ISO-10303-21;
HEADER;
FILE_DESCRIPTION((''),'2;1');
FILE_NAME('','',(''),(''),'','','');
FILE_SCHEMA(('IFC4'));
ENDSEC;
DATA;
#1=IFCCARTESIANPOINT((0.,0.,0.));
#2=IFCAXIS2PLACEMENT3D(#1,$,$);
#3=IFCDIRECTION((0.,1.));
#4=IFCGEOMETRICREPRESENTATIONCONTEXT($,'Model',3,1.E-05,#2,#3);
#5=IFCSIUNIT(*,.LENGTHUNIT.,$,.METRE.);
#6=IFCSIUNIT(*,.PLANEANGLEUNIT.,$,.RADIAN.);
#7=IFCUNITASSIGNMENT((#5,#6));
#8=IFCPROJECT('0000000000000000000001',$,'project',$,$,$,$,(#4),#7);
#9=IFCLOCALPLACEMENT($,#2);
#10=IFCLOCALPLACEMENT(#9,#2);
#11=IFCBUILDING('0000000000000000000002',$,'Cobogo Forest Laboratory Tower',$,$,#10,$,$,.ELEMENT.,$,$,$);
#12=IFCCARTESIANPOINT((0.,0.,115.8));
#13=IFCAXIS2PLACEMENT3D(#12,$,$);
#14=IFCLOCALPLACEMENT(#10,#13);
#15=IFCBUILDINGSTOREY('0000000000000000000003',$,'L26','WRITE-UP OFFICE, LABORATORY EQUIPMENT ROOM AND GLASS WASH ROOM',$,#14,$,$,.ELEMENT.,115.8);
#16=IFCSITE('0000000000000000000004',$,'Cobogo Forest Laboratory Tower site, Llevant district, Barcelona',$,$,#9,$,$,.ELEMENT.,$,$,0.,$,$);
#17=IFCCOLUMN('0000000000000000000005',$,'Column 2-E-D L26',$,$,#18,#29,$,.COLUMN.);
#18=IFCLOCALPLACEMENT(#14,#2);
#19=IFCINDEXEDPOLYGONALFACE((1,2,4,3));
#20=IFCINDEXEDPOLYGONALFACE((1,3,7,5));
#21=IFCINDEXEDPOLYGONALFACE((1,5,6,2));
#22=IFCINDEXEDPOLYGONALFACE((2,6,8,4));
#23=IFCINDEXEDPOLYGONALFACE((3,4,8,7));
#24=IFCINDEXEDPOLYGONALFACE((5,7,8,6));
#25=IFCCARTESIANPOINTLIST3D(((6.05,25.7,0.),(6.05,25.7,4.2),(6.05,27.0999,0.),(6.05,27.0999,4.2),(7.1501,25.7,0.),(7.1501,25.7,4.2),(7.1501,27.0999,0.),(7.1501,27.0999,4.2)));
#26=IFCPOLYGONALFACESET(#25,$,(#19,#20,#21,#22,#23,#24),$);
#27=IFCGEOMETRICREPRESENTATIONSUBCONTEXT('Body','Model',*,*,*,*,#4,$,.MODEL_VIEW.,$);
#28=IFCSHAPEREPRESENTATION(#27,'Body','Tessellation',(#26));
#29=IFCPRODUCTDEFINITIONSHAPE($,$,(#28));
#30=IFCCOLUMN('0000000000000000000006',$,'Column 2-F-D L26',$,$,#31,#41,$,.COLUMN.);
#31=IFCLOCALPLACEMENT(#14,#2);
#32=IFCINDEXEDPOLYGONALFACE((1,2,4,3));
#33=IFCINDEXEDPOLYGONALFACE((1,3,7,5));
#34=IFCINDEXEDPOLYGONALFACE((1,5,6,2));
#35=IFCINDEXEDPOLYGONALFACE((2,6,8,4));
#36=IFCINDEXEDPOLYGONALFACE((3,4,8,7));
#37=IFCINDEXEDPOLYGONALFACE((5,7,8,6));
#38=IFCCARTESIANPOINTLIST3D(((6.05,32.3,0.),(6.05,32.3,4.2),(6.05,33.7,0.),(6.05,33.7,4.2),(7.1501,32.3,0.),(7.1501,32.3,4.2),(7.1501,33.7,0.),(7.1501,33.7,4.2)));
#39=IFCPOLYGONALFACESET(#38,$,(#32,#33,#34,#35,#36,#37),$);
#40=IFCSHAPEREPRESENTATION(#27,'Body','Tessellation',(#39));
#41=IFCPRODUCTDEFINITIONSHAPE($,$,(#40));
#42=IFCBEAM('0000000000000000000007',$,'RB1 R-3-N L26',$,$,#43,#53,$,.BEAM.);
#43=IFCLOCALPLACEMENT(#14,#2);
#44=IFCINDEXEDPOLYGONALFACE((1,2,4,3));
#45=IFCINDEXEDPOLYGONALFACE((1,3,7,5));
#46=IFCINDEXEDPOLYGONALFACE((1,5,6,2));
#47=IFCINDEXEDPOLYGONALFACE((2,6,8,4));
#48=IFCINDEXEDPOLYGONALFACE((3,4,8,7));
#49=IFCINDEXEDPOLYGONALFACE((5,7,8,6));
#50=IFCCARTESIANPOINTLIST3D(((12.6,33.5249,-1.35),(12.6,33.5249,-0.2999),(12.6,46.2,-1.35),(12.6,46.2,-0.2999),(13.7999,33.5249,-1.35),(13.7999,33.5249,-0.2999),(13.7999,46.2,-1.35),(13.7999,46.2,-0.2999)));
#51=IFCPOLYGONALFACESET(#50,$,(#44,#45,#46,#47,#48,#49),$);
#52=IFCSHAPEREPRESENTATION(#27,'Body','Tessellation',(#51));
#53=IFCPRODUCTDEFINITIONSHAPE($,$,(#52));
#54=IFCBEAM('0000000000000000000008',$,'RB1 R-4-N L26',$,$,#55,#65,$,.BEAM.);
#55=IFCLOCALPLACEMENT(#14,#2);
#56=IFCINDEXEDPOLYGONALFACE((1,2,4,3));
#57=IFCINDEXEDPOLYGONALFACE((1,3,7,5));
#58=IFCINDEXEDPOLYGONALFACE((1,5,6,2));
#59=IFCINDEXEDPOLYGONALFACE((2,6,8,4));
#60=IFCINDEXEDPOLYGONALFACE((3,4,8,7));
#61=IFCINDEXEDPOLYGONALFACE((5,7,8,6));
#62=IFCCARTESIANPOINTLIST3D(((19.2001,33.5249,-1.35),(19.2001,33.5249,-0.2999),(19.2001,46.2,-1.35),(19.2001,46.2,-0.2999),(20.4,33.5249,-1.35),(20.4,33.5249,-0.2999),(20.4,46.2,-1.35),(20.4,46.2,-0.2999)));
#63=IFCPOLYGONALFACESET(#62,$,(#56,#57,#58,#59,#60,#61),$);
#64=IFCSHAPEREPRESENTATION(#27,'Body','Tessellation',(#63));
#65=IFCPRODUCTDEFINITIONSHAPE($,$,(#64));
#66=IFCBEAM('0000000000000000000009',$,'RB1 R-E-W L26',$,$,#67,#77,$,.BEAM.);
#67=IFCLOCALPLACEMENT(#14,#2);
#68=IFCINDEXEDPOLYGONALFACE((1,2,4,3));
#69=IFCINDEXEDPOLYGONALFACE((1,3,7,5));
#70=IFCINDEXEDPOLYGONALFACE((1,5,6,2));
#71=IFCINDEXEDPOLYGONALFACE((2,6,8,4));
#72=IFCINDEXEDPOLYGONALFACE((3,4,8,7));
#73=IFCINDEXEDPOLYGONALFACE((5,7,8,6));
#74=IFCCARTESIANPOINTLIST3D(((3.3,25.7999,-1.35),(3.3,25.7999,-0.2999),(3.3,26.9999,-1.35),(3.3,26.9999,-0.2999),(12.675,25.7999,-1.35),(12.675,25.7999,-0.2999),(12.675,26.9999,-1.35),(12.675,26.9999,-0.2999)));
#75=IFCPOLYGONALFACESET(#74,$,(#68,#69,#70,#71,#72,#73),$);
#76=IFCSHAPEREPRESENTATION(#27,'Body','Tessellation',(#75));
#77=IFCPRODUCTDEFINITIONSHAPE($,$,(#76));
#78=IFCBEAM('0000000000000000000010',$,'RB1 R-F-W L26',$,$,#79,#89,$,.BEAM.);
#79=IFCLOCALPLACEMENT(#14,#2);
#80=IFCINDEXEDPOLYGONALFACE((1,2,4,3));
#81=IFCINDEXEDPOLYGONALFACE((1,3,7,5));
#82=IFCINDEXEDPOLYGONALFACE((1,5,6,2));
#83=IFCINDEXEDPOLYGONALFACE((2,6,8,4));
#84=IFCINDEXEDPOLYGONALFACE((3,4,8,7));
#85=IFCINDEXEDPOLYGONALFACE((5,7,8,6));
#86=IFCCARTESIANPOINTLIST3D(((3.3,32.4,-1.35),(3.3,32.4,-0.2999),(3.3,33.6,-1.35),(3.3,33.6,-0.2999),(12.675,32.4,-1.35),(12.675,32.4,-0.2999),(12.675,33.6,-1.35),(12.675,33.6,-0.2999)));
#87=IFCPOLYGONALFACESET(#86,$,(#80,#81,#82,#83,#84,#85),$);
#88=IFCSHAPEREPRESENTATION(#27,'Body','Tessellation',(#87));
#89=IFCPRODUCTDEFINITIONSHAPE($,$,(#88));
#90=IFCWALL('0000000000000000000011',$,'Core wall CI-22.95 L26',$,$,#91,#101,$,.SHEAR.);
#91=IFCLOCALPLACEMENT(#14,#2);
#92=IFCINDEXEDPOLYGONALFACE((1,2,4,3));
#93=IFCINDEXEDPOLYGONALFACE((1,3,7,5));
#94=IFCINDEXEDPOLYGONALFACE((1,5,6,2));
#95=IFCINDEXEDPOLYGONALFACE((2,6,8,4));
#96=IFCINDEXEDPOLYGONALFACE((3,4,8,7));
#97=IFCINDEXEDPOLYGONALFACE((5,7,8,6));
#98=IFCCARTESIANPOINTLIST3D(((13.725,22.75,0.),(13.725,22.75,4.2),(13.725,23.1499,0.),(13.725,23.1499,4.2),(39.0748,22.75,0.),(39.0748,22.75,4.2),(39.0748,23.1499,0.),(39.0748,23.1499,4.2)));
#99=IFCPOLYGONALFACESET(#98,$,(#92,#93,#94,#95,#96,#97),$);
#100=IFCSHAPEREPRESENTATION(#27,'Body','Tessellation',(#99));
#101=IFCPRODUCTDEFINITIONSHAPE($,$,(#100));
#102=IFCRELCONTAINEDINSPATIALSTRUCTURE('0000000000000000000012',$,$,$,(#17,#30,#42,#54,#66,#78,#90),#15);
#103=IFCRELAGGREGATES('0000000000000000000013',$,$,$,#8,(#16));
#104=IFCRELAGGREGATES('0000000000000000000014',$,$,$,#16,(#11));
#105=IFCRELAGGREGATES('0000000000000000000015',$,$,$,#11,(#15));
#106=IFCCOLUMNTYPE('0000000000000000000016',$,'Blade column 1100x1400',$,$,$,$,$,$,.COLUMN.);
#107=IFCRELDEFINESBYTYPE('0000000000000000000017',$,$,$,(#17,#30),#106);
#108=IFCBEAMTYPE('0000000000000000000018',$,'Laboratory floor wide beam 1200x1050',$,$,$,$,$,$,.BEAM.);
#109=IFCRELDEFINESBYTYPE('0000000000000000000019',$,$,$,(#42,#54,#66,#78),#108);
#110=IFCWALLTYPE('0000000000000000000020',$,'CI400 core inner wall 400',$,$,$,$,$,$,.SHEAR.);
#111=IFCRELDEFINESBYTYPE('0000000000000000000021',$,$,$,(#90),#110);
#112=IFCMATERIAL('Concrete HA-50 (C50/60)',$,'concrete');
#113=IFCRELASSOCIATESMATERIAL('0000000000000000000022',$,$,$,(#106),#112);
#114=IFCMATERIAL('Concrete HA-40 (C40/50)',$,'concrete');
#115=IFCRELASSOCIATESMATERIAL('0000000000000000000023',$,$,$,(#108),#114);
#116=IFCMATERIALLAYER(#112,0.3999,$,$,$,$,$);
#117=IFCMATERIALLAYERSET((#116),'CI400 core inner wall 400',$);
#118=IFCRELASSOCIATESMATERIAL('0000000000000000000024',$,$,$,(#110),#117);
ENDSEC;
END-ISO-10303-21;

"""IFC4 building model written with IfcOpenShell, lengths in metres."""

from ifc_helpers import new_model, si_unit, direction, frame, frame_2d, origin, origin_2d, place, context, subcontext, project, spatial, rectangle, extrude, material, layer, layer_set, material_profile, profile_set, type_object, element, save


model = new_model("IFC4")

# Units and contexts
model_context = context("Model", 3, precision=1e-05, world=origin(), true_north=direction((0.0, 1.0)))
body_context = subcontext(model_context, "Body", "Model", "MODEL_VIEW")
ifc_project = project(units=[si_unit("LENGTHUNIT", "METRE"), si_unit("PLANEANGLEUNIT", "RADIAN")], contexts=[model_context])

# Site, building, storey
site_placement = place(None, origin())
site = spatial("IfcSite", under=ifc_project, at=site_placement, Name="Cobogo Forest Laboratory Tower site, Llevant district, Barcelona", CompositionType="ELEMENT", RefElevation=0.0)
building_placement = place(site_placement, origin())
building = spatial("IfcBuilding", under=site, at=building_placement, Name="Cobogo Forest Laboratory Tower", CompositionType="ELEMENT")
storey_placement = place(building_placement, frame((0.0, 0.0, 115.8)))
storey = spatial("IfcBuildingStorey", under=building, at=storey_placement, Name="L26", Description="WRITE-UP OFFICE, LABORATORY EQUIPMENT ROOM AND GLASS WASH ROOM", CompositionType="ELEMENT", Elevation=115.8)

# Columns
ifc_material_1 = material(Name="Concrete HA-50 (C50/60)", Category="concrete")
ifc_material_profile_1 = material_profile(ifc_material_1, rectangle(XDim=1.3999, YDim=1.1001, at=origin_2d()), Name="RC 1100x1400")
ifc_profile_set_1 = profile_set([ifc_material_profile_1], Name="Concrete HA-50 (C50/60)")
column_type = type_object("IfcColumnType", Name="Blade column 1100x1400", PredefinedType="COLUMN", material=ifc_profile_set_1)
for number, where, z_axis, x_axis, name in (
    (1, (6.6001, 26.3999, 0.0), (0.0, 0.0, 1.0), (0.0, 1.0, 0.0), "Column 2-E-D L26"),
    (2, (6.6001, 33.0, 0.0), (0.0, 0.0, 1.0), (0.0, 1.0, 0.0), "Column 2-F-D L26"),
):
    element("IfcColumn", number, at=place(storey_placement, frame(where, z_axis=z_axis, x_axis=x_axis)), inside=storey, type_object=column_type, Name=name, PredefinedType="COLUMN", context=body_context, shape_type="SweptSolid", body=[
        extrude(rectangle(XDim=1.3999, YDim=1.1001, at=origin_2d()), origin(), (0.0, 0.0, 1.0), 4.2),
    ])

# Beams
ifc_material_2 = material(Name="Concrete HA-40 (C40/50)", Category="concrete")
ifc_material_profile_2 = material_profile(ifc_material_2, rectangle(XDim=1.2, YDim=1.05, at=origin_2d()), Name="RC 1200x1050")
ifc_profile_set_2 = profile_set([ifc_material_profile_2], Name="Concrete HA-40 (C40/50)")
beam_type = type_object("IfcBeamType", Name="Laboratory floor wide beam 1200x1050", PredefinedType="BEAM", material=ifc_profile_set_2)
for number, where, z_axis, x_axis, name in (
    (3, (13.2, 33.5249, -0.825), (0.0, 1.0, 0.0), (-1.0, 0.0, 0.0), "RB1 R-3-N L26"),
    (4, (19.8, 33.5249, -0.825), (0.0, 1.0, 0.0), (-1.0, 0.0, 0.0), "RB1 R-4-N L26"),
):
    element("IfcBeam", number, at=place(storey_placement, frame(where, z_axis=z_axis, x_axis=x_axis)), inside=storey, type_object=beam_type, Name=name, PredefinedType="BEAM", context=body_context, shape_type="SweptSolid", body=[
        extrude(rectangle(XDim=1.2, YDim=1.05, at=origin_2d()), origin(), (0.0, 0.0, 1.0), 12.675),
    ])
for number, where, z_axis, x_axis, name in (
    (5, (12.675, 26.3999, -0.825), (-1.0, 0.0, 0.0), (0.0, -1.0, 0.0), "RB1 R-E-W L26"),
    (6, (12.675, 33.0, -0.825), (-1.0, 0.0, 0.0), (0.0, -1.0, 0.0), "RB1 R-F-W L26"),
):
    element("IfcBeam", number, at=place(storey_placement, frame(where, z_axis=z_axis, x_axis=x_axis)), inside=storey, type_object=beam_type, Name=name, PredefinedType="BEAM", context=body_context, shape_type="SweptSolid", body=[
        extrude(rectangle(XDim=1.2, YDim=1.05, at=origin_2d()), origin(), (0.0, 0.0, 1.0), 9.375),
    ])

# Wall
ifc_layer_1 = layer(ifc_material_1, 0.3999)
ifc_layer_set_1 = layer_set([ifc_layer_1], Name="CI400 core inner wall 400")
wall_type_1 = type_object("IfcWallType", Name="CI400 core inner wall 400", PredefinedType="SHEAR", material=ifc_layer_set_1)
wall_1_placement = place(storey_placement, frame((13.7251, 22.95, 0.0), z_axis=(0.0, 0.0, 1.0), x_axis=(1.0, 0.0, 0.0)))
element("IfcWall", 7, at=wall_1_placement, inside=storey, type_object=wall_type_1, Name="Core wall CI-22.95 L26", PredefinedType="SHEAR", context=body_context, shape_type="SweptSolid", body=[
    extrude(rectangle(XDim=25.3499, YDim=0.3999, at=frame_2d((12.6748, 0.0))), origin(), (0.0, 0.0, 1.0), 4.2),
])

save(model, "model.ifc")
